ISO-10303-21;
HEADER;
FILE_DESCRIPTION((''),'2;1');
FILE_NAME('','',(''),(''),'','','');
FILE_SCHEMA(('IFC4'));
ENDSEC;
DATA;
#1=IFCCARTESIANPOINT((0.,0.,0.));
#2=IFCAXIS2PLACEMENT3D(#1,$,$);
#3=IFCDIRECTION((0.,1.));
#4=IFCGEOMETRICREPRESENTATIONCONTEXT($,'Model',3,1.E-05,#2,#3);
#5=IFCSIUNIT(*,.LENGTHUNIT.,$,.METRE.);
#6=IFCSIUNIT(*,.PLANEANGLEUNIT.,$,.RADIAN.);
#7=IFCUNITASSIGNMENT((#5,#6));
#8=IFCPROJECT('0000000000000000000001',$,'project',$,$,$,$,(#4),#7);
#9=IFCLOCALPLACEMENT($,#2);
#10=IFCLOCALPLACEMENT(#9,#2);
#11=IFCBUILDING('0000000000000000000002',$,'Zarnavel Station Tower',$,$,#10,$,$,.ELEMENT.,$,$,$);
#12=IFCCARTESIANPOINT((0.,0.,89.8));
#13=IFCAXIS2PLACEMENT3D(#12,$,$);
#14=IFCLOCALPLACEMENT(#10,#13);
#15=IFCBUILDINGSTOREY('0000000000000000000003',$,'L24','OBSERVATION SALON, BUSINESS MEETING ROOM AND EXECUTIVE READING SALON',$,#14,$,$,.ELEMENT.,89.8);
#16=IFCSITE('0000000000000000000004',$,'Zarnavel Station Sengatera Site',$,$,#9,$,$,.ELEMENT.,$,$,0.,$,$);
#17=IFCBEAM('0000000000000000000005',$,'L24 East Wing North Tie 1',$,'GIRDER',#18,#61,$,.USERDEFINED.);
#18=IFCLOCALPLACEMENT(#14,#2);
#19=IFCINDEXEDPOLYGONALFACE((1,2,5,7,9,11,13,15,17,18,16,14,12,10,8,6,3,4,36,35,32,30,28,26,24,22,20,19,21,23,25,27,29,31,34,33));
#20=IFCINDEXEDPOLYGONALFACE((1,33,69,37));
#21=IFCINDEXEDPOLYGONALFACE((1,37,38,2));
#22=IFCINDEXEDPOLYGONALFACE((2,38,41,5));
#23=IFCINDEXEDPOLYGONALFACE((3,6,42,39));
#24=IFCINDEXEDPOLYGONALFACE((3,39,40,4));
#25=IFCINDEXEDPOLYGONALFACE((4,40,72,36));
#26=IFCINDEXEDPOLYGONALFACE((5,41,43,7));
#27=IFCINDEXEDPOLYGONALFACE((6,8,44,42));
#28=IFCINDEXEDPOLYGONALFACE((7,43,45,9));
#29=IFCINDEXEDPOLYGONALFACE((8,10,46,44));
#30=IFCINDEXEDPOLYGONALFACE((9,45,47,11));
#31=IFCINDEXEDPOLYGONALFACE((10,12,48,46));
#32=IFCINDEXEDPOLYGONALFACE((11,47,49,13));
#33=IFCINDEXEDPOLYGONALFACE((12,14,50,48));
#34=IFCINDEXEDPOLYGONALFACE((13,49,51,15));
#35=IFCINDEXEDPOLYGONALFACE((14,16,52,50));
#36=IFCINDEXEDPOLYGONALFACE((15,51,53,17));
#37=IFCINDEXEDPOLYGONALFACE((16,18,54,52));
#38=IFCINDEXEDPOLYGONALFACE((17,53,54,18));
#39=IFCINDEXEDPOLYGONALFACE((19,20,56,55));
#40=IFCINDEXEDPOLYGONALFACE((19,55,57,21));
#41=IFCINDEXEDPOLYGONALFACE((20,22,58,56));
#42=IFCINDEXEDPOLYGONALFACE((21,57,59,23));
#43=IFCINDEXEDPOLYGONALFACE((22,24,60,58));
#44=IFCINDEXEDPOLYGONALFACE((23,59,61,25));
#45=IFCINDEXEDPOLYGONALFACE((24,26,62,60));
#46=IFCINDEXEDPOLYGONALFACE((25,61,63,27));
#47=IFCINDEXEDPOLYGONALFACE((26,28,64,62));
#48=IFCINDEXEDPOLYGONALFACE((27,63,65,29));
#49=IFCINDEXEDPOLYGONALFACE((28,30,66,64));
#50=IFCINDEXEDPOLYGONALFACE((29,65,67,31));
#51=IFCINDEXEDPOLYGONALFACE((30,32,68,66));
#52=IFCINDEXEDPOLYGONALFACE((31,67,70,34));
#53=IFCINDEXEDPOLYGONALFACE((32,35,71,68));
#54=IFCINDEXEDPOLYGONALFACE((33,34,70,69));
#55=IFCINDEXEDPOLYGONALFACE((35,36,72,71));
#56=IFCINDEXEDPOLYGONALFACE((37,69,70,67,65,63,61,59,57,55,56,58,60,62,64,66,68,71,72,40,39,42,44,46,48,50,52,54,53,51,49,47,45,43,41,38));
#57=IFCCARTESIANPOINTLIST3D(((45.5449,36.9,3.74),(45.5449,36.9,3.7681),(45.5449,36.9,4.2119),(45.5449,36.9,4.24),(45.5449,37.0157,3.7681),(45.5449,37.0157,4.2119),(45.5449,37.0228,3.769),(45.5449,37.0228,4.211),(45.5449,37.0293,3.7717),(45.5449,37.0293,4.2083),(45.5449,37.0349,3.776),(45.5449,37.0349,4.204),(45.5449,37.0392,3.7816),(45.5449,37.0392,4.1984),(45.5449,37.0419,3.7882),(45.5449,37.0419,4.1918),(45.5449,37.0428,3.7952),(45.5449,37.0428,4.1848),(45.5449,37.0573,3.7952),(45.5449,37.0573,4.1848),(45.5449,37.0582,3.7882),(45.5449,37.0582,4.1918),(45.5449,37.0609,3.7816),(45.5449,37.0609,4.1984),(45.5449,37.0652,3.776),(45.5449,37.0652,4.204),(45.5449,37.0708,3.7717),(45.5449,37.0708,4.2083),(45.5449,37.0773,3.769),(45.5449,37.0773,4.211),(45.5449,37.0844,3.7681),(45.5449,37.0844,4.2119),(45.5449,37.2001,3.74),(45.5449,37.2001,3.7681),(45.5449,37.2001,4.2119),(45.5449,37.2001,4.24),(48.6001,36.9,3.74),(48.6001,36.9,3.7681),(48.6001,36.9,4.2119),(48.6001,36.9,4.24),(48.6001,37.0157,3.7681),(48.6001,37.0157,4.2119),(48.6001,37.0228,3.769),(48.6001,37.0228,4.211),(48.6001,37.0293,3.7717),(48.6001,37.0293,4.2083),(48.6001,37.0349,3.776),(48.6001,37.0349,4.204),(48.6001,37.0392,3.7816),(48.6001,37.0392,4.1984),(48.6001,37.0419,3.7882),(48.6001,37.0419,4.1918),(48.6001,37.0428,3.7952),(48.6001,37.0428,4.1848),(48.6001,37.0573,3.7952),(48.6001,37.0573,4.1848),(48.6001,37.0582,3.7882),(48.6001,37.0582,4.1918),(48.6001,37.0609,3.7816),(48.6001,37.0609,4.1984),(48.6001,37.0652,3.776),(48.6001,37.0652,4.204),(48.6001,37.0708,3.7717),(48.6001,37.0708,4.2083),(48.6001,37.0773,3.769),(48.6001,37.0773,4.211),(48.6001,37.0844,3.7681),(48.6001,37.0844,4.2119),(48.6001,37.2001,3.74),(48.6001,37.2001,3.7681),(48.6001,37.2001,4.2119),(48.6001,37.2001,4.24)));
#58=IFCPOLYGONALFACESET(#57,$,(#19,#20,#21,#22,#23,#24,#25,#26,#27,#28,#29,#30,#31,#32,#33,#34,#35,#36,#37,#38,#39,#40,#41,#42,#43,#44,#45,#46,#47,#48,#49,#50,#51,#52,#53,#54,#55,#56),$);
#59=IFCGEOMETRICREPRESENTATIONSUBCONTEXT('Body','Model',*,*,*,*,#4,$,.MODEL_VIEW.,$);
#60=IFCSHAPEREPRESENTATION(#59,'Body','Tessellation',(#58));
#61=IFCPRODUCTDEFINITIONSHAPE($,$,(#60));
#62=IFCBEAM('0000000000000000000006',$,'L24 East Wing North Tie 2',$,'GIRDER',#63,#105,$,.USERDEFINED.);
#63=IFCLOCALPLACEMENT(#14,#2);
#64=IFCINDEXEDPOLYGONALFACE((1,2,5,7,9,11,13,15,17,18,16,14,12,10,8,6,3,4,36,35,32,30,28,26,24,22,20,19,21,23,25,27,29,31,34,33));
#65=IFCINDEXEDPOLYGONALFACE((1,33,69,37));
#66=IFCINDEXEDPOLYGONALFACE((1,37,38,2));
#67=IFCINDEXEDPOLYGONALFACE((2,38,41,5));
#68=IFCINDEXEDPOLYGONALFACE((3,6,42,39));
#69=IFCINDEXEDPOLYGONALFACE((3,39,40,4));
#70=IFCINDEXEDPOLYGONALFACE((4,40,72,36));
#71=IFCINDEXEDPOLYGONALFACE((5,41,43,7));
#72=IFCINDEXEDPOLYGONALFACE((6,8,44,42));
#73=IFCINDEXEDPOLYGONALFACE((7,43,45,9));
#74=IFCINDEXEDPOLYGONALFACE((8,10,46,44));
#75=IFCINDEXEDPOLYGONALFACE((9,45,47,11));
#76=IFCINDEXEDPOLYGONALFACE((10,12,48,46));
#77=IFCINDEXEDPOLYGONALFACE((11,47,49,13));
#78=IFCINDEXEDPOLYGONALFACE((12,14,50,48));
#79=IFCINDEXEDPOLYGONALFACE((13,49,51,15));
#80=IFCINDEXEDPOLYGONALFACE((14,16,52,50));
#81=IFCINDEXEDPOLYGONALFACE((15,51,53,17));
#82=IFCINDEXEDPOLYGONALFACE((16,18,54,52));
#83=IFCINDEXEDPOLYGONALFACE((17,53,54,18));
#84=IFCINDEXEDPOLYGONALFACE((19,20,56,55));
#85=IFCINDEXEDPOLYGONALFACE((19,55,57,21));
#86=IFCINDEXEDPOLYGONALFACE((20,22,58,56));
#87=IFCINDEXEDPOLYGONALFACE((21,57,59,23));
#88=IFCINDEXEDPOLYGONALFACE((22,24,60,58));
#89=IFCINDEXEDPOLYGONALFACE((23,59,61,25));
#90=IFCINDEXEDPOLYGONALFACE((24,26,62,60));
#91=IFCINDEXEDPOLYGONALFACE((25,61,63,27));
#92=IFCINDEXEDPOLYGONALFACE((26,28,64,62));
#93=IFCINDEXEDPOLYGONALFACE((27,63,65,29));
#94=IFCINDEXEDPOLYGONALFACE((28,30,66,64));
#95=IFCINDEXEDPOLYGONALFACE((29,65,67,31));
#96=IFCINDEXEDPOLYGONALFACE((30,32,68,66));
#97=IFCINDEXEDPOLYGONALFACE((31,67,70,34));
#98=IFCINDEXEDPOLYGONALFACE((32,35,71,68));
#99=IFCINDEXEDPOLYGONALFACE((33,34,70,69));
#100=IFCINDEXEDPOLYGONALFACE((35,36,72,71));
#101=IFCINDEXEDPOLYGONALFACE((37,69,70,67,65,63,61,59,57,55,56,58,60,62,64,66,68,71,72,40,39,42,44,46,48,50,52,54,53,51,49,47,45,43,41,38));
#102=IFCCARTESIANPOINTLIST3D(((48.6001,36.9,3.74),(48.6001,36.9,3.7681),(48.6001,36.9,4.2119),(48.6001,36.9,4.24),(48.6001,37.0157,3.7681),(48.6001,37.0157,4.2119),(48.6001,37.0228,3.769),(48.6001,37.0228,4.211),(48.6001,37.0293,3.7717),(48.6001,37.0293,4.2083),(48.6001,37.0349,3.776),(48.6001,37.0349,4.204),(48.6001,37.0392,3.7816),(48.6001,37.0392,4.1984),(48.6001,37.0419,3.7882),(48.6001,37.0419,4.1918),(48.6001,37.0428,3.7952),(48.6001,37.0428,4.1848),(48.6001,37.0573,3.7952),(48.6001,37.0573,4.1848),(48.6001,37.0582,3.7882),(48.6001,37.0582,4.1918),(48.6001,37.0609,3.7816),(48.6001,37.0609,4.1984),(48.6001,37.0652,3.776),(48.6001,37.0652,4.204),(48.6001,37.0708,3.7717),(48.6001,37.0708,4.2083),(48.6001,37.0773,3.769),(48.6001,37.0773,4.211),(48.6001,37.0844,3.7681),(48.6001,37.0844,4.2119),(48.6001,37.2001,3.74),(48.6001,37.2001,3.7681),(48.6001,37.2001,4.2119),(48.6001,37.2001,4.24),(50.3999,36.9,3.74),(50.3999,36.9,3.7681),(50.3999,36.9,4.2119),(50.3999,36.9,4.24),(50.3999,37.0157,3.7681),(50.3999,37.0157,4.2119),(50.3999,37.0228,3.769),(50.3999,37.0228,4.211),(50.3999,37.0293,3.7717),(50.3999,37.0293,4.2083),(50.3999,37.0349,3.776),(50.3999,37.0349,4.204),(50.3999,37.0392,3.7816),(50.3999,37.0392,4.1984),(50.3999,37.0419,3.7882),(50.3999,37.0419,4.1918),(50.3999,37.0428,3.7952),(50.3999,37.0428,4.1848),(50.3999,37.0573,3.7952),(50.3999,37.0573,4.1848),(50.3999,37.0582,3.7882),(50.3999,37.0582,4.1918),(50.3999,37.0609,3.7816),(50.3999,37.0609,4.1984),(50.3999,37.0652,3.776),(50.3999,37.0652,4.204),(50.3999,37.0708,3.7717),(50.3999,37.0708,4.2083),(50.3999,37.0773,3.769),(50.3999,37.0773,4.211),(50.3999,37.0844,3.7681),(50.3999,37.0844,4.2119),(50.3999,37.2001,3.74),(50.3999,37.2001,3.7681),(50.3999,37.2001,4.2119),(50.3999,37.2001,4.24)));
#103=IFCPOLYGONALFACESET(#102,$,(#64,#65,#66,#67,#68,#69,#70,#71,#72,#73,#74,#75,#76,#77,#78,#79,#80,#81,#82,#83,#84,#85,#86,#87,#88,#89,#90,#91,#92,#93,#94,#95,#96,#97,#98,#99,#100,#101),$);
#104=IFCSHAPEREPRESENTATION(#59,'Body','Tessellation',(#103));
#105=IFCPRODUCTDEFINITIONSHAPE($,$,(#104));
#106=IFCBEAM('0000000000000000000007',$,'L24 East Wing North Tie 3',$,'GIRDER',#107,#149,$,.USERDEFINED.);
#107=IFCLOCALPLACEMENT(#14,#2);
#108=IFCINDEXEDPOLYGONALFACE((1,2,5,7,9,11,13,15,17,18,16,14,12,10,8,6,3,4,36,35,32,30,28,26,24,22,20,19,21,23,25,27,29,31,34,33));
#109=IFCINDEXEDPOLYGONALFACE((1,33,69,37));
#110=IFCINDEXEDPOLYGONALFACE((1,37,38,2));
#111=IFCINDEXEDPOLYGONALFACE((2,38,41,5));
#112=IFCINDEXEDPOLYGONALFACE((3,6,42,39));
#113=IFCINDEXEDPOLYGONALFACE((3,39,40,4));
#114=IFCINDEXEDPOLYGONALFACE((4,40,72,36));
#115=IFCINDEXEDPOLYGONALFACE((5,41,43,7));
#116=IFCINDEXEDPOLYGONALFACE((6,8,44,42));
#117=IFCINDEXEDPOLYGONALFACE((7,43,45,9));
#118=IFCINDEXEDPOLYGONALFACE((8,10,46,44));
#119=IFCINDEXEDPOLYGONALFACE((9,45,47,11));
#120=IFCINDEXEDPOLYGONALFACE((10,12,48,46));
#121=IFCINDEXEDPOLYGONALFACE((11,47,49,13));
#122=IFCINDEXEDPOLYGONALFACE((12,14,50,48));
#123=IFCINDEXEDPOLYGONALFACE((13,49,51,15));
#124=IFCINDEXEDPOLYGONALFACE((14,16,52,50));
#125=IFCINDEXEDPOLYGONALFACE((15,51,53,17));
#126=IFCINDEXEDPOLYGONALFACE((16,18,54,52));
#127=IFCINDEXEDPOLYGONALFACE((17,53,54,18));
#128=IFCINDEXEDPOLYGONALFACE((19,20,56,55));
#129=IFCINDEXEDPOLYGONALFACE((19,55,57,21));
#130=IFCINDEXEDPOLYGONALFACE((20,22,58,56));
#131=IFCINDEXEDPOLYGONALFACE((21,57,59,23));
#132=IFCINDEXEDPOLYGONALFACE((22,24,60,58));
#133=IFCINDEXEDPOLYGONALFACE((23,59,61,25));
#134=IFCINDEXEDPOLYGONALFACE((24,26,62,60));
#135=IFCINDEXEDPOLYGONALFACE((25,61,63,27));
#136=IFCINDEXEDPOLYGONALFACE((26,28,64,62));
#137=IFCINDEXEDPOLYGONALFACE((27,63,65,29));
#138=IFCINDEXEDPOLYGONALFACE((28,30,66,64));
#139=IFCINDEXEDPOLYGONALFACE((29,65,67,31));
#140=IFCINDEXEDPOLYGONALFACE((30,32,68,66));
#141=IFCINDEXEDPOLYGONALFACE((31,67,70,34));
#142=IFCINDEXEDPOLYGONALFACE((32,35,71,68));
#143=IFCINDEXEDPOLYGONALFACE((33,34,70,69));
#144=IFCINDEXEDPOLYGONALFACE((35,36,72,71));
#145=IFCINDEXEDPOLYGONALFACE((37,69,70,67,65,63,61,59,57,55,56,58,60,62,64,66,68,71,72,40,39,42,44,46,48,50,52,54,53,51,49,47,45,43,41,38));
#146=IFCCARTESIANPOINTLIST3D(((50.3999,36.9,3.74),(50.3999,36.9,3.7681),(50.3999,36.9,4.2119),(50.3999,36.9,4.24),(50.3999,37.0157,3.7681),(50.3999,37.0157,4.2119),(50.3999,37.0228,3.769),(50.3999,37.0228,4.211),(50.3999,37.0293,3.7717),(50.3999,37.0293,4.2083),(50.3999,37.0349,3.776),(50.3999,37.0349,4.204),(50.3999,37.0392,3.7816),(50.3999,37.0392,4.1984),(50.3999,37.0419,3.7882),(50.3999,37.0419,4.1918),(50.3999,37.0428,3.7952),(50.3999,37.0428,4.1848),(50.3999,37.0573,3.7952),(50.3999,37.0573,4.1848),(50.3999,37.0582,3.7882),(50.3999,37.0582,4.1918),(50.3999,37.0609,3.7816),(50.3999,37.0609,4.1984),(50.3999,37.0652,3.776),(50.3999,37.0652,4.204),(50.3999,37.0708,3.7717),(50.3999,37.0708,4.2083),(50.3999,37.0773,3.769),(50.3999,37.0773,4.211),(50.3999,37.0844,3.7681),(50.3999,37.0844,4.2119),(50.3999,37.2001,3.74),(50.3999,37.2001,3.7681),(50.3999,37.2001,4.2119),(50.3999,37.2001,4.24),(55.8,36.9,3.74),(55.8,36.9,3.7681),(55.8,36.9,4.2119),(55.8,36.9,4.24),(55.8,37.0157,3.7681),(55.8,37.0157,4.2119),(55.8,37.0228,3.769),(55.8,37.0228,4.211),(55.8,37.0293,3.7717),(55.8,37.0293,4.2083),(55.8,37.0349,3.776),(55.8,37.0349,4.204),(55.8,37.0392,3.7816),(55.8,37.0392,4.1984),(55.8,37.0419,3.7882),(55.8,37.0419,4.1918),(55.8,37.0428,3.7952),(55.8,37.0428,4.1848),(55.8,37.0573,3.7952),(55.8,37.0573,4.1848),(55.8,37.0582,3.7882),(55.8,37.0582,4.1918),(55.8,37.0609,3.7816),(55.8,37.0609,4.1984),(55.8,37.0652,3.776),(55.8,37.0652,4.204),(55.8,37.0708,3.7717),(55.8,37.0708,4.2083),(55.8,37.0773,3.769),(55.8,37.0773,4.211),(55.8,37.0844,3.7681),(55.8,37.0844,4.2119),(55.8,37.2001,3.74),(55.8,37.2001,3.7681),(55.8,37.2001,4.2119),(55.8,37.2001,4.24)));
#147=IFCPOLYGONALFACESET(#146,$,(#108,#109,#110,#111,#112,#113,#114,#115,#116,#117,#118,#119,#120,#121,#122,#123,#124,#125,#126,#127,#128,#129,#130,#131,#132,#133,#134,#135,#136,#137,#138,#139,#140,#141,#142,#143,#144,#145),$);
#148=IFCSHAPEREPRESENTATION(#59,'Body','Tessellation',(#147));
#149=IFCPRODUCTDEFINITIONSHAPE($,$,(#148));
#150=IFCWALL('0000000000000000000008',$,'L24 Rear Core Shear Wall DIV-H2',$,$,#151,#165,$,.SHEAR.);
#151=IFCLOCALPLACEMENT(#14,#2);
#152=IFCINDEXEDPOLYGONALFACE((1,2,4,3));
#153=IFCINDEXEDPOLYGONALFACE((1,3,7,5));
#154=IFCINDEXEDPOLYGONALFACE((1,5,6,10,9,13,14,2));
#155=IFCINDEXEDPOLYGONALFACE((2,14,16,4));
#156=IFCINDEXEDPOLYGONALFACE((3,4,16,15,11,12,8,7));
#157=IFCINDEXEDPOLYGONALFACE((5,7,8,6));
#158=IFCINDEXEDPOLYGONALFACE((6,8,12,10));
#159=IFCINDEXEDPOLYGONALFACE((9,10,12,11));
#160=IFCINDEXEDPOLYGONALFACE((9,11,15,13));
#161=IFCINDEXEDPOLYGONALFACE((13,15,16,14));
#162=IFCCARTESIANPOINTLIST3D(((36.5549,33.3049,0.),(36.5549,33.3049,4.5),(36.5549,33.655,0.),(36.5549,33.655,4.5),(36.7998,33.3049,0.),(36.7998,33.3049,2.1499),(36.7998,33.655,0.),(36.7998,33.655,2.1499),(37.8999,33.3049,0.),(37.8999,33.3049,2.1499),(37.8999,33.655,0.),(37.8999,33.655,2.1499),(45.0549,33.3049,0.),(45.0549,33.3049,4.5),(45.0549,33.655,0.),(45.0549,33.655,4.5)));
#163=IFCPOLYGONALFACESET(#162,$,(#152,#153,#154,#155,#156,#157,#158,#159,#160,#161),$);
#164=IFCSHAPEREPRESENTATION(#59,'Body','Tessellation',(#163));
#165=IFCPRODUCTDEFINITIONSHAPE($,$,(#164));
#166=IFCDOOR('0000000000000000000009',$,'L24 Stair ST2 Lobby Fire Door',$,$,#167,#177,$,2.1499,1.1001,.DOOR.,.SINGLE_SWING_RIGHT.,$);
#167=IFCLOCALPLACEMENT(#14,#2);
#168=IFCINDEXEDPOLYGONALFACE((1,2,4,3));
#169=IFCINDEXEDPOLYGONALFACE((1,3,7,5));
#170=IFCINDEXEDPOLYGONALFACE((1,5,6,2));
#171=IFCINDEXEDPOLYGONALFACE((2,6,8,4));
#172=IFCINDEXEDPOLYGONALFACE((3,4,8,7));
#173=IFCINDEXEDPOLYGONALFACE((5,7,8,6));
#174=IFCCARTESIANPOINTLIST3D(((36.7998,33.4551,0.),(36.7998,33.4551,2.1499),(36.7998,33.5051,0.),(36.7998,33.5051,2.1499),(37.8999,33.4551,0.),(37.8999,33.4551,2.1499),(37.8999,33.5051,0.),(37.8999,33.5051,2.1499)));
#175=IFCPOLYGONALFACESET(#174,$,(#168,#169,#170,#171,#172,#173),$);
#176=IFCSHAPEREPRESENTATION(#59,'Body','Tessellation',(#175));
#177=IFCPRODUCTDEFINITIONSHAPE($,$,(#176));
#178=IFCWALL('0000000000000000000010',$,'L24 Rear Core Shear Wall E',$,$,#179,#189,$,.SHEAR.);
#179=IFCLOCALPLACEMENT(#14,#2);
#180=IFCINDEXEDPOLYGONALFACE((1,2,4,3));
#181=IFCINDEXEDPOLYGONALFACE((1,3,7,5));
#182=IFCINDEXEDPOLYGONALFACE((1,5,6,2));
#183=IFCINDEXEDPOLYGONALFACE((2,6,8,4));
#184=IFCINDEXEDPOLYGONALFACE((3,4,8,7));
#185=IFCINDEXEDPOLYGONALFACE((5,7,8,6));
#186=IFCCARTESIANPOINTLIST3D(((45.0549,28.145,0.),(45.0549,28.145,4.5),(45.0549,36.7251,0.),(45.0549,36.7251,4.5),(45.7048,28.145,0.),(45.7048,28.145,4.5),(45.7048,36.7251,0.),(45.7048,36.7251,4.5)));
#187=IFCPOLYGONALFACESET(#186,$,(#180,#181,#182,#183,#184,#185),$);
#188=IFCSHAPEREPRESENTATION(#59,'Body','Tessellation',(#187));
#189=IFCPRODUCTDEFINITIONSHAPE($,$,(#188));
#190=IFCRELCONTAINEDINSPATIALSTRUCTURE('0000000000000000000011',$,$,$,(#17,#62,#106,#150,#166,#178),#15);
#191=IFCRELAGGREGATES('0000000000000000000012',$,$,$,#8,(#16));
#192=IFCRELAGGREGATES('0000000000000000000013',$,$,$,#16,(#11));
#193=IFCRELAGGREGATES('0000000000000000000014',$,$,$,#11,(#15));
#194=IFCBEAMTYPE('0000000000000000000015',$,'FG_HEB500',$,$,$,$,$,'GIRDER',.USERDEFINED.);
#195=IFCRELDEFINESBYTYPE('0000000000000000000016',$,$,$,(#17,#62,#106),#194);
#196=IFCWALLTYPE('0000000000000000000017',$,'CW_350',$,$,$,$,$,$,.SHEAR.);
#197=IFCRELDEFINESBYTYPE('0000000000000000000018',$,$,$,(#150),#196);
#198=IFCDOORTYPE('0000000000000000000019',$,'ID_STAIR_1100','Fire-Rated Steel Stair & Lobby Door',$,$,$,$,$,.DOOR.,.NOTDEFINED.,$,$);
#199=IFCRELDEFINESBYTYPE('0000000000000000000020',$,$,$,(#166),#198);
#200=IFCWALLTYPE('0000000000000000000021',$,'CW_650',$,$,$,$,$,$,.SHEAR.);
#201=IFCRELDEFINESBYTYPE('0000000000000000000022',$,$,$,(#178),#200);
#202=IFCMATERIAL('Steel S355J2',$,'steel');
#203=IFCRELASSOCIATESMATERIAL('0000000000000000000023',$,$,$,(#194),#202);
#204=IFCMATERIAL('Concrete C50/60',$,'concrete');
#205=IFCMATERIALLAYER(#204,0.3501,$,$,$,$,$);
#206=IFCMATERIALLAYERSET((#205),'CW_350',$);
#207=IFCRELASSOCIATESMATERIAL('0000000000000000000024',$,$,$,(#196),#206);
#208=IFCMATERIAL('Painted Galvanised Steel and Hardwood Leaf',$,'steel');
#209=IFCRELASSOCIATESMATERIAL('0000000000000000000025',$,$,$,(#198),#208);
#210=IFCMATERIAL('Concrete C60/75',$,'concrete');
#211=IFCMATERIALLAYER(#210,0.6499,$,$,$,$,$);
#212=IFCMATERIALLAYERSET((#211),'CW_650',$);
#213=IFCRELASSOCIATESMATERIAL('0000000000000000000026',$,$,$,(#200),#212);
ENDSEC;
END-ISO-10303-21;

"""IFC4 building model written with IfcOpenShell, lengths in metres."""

from ifc_helpers import new_model, si_unit, direction, frame, frame_2d, origin, origin_2d, place, context, subcontext, project, spatial, rectangle, i_section, extrude, material, layer, layer_set, material_profile, profile_set, type_object, element, fill, save


model = new_model("IFC4")

# Units and contexts
model_context = context("Model", 3, precision=1e-05, world=origin(), true_north=direction((0.0, 1.0)))
body_context = subcontext(model_context, "Body", "Model", "MODEL_VIEW")
ifc_project = project(units=[si_unit("LENGTHUNIT", "METRE"), si_unit("PLANEANGLEUNIT", "RADIAN")], contexts=[model_context])

# Site, building, storey
site_placement = place(None, origin())
site = spatial("IfcSite", under=ifc_project, at=site_placement, Name="Zarnavel Station Sengatera Site", CompositionType="ELEMENT", RefElevation=0.0)
building_placement = place(site_placement, origin())
building = spatial("IfcBuilding", under=site, at=building_placement, Name="Zarnavel Station Tower", CompositionType="ELEMENT")
storey_placement = place(building_placement, frame((0.0, 0.0, 89.8)))
storey = spatial("IfcBuildingStorey", under=building, at=storey_placement, Name="L24", Description="OBSERVATION SALON, BUSINESS MEETING ROOM AND EXECUTIVE READING SALON", CompositionType="ELEMENT", Elevation=89.8)

# Beams
ifc_material_1 = material(Name="Steel S355J2", Category="steel")
ifc_material_profile_1 = material_profile(ifc_material_1, i_section(OverallWidth=0.3, OverallDepth=0.5, WebThickness=0.0144, FlangeThickness=0.0281, FilletRadius=0.0271, at=origin_2d()), Name="HEB500")
ifc_profile_set_1 = profile_set([ifc_material_profile_1], Name="Steel S355J2")
beam_type = type_object("IfcBeamType", Name="FG_HEB500", ElementType="GIRDER", PredefinedType="USERDEFINED", material=ifc_profile_set_1)
beam_1_placement = place(storey_placement, frame((45.5449, 37.05, 3.99), z_axis=(1.0, 0.0, 0.0), x_axis=(0.0, 1.0, 0.0)))
element("IfcBeam", 1, at=beam_1_placement, inside=storey, type_object=beam_type, Name="L24 East Wing North Tie 1", ObjectType="GIRDER", PredefinedType="USERDEFINED", context=body_context, shape_type="SweptSolid", body=[
    extrude(i_section(OverallWidth=0.3, OverallDepth=0.5, WebThickness=0.0144, FlangeThickness=0.0281, FilletRadius=0.0271, at=origin_2d()), origin(), (0.0, 0.0, 1.0), 3.0552),
])
beam_2_placement = place(storey_placement, frame((48.6001, 37.05, 3.99), z_axis=(1.0, 0.0, 0.0), x_axis=(0.0, 1.0, 0.0)))
element("IfcBeam", 2, at=beam_2_placement, inside=storey, type_object=beam_type, Name="L24 East Wing North Tie 2", ObjectType="GIRDER", PredefinedType="USERDEFINED", context=body_context, shape_type="SweptSolid", body=[
    extrude(i_section(OverallWidth=0.3, OverallDepth=0.5, WebThickness=0.0144, FlangeThickness=0.0281, FilletRadius=0.0271, at=origin_2d()), origin(), (0.0, 0.0, 1.0), 1.7998),
])
beam_3_placement = place(storey_placement, frame((50.3999, 37.05, 3.99), z_axis=(1.0, 0.0, 0.0), x_axis=(0.0, 1.0, 0.0)))
element("IfcBeam", 3, at=beam_3_placement, inside=storey, type_object=beam_type, Name="L24 East Wing North Tie 3", ObjectType="GIRDER", PredefinedType="USERDEFINED", context=body_context, shape_type="SweptSolid", body=[
    extrude(i_section(OverallWidth=0.3, OverallDepth=0.5, WebThickness=0.0144, FlangeThickness=0.0281, FilletRadius=0.0271, at=origin_2d()), origin(), (0.0, 0.0, 1.0), 5.4001),
])

# Wall, opening, door
ifc_material_2 = material(Name="Concrete C50/60", Category="concrete")
ifc_layer_1 = layer(ifc_material_2, 0.3501)
ifc_layer_set_1 = layer_set([ifc_layer_1], Name="CW_350")
wall_type_1 = type_object("IfcWallType", Name="CW_350", PredefinedType="SHEAR", material=ifc_layer_set_1)
wall_1_placement = place(storey_placement, frame((45.0549, 33.48, 0.0), z_axis=(0.0, 0.0, 1.0), x_axis=(-1.0, 0.0, 0.0)))
wall_1 = element("IfcWall", 4, at=wall_1_placement, inside=storey, type_object=wall_type_1, Name="L24 Rear Core Shear Wall DIV-H2", PredefinedType="SHEAR", context=body_context, shape_type="SweptSolid", body=[
    extrude(rectangle(XDim=8.5, YDim=0.3501, at=frame_2d((4.25, 0.0))), origin(), (0.0, 0.0, 1.0), 4.5),
])
opening_1_placement = place(wall_1_placement, frame((7.155, 0.0, 0.0)))
opening_1 = element("IfcOpeningElement", 5, at=opening_1_placement, cuts=wall_1, PredefinedType="OPENING", context=body_context, shape_type="SweptSolid", body=[
    extrude(rectangle(XDim=1.1001, YDim=2.1499, at=frame_2d((0.55, 1.075))), frame((0.0, 0.1851, 0.0), z_axis=(0.0, -1.0, 0.0), x_axis=(1.0, 0.0, 0.0)), (0.0, 0.0, 1.0), 0.3701),
])
ifc_material_3 = material(Name="Painted Galvanised Steel and Hardwood Leaf", Category="steel")
door_type_1 = type_object("IfcDoorType", Name="ID_STAIR_1100", Description="Fire-Rated Steel Stair & Lobby Door", OperationType="NOTDEFINED", PredefinedType="DOOR", material=ifc_material_3)
door_1_placement = place(opening_1_placement, origin())
door_1 = element("IfcDoor", 6, at=door_1_placement, inside=storey, type_object=door_type_1, Name="L24 Stair ST2 Lobby Fire Door", OperationType="SINGLE_SWING_RIGHT", OverallHeight=2.1499, OverallWidth=1.1001, PredefinedType="DOOR", context=body_context, shape_type="SweptSolid", body=[
    extrude(rectangle(XDim=1.1001, YDim=2.1499, at=frame_2d((0.55, 1.075))), frame((0.0, 0.0249, 0.0), z_axis=(0.0, -1.0, 0.0), x_axis=(1.0, 0.0, 0.0)), (0.0, 0.0, 1.0), 0.05),
])
fill(opening_1, door_1)

# Wall
ifc_material_4 = material(Name="Concrete C60/75", Category="concrete")
ifc_layer_2 = layer(ifc_material_4, 0.6499)
ifc_layer_set_2 = layer_set([ifc_layer_2], Name="CW_650")
wall_type_2 = type_object("IfcWallType", Name="CW_650", PredefinedType="SHEAR", material=ifc_layer_set_2)
wall_2_placement = place(storey_placement, frame((45.3799, 28.145, 0.0), z_axis=(0.0, 0.0, 1.0), x_axis=(0.0, 1.0, 0.0)))
element("IfcWall", 7, at=wall_2_placement, inside=storey, type_object=wall_type_2, Name="L24 Rear Core Shear Wall E", PredefinedType="SHEAR", context=body_context, shape_type="SweptSolid", body=[
    extrude(rectangle(XDim=8.5801, YDim=0.6499, at=frame_2d((4.29, 0.0))), origin(), (0.0, 0.0, 1.0), 4.5),
])

save(model, "model.ifc")
